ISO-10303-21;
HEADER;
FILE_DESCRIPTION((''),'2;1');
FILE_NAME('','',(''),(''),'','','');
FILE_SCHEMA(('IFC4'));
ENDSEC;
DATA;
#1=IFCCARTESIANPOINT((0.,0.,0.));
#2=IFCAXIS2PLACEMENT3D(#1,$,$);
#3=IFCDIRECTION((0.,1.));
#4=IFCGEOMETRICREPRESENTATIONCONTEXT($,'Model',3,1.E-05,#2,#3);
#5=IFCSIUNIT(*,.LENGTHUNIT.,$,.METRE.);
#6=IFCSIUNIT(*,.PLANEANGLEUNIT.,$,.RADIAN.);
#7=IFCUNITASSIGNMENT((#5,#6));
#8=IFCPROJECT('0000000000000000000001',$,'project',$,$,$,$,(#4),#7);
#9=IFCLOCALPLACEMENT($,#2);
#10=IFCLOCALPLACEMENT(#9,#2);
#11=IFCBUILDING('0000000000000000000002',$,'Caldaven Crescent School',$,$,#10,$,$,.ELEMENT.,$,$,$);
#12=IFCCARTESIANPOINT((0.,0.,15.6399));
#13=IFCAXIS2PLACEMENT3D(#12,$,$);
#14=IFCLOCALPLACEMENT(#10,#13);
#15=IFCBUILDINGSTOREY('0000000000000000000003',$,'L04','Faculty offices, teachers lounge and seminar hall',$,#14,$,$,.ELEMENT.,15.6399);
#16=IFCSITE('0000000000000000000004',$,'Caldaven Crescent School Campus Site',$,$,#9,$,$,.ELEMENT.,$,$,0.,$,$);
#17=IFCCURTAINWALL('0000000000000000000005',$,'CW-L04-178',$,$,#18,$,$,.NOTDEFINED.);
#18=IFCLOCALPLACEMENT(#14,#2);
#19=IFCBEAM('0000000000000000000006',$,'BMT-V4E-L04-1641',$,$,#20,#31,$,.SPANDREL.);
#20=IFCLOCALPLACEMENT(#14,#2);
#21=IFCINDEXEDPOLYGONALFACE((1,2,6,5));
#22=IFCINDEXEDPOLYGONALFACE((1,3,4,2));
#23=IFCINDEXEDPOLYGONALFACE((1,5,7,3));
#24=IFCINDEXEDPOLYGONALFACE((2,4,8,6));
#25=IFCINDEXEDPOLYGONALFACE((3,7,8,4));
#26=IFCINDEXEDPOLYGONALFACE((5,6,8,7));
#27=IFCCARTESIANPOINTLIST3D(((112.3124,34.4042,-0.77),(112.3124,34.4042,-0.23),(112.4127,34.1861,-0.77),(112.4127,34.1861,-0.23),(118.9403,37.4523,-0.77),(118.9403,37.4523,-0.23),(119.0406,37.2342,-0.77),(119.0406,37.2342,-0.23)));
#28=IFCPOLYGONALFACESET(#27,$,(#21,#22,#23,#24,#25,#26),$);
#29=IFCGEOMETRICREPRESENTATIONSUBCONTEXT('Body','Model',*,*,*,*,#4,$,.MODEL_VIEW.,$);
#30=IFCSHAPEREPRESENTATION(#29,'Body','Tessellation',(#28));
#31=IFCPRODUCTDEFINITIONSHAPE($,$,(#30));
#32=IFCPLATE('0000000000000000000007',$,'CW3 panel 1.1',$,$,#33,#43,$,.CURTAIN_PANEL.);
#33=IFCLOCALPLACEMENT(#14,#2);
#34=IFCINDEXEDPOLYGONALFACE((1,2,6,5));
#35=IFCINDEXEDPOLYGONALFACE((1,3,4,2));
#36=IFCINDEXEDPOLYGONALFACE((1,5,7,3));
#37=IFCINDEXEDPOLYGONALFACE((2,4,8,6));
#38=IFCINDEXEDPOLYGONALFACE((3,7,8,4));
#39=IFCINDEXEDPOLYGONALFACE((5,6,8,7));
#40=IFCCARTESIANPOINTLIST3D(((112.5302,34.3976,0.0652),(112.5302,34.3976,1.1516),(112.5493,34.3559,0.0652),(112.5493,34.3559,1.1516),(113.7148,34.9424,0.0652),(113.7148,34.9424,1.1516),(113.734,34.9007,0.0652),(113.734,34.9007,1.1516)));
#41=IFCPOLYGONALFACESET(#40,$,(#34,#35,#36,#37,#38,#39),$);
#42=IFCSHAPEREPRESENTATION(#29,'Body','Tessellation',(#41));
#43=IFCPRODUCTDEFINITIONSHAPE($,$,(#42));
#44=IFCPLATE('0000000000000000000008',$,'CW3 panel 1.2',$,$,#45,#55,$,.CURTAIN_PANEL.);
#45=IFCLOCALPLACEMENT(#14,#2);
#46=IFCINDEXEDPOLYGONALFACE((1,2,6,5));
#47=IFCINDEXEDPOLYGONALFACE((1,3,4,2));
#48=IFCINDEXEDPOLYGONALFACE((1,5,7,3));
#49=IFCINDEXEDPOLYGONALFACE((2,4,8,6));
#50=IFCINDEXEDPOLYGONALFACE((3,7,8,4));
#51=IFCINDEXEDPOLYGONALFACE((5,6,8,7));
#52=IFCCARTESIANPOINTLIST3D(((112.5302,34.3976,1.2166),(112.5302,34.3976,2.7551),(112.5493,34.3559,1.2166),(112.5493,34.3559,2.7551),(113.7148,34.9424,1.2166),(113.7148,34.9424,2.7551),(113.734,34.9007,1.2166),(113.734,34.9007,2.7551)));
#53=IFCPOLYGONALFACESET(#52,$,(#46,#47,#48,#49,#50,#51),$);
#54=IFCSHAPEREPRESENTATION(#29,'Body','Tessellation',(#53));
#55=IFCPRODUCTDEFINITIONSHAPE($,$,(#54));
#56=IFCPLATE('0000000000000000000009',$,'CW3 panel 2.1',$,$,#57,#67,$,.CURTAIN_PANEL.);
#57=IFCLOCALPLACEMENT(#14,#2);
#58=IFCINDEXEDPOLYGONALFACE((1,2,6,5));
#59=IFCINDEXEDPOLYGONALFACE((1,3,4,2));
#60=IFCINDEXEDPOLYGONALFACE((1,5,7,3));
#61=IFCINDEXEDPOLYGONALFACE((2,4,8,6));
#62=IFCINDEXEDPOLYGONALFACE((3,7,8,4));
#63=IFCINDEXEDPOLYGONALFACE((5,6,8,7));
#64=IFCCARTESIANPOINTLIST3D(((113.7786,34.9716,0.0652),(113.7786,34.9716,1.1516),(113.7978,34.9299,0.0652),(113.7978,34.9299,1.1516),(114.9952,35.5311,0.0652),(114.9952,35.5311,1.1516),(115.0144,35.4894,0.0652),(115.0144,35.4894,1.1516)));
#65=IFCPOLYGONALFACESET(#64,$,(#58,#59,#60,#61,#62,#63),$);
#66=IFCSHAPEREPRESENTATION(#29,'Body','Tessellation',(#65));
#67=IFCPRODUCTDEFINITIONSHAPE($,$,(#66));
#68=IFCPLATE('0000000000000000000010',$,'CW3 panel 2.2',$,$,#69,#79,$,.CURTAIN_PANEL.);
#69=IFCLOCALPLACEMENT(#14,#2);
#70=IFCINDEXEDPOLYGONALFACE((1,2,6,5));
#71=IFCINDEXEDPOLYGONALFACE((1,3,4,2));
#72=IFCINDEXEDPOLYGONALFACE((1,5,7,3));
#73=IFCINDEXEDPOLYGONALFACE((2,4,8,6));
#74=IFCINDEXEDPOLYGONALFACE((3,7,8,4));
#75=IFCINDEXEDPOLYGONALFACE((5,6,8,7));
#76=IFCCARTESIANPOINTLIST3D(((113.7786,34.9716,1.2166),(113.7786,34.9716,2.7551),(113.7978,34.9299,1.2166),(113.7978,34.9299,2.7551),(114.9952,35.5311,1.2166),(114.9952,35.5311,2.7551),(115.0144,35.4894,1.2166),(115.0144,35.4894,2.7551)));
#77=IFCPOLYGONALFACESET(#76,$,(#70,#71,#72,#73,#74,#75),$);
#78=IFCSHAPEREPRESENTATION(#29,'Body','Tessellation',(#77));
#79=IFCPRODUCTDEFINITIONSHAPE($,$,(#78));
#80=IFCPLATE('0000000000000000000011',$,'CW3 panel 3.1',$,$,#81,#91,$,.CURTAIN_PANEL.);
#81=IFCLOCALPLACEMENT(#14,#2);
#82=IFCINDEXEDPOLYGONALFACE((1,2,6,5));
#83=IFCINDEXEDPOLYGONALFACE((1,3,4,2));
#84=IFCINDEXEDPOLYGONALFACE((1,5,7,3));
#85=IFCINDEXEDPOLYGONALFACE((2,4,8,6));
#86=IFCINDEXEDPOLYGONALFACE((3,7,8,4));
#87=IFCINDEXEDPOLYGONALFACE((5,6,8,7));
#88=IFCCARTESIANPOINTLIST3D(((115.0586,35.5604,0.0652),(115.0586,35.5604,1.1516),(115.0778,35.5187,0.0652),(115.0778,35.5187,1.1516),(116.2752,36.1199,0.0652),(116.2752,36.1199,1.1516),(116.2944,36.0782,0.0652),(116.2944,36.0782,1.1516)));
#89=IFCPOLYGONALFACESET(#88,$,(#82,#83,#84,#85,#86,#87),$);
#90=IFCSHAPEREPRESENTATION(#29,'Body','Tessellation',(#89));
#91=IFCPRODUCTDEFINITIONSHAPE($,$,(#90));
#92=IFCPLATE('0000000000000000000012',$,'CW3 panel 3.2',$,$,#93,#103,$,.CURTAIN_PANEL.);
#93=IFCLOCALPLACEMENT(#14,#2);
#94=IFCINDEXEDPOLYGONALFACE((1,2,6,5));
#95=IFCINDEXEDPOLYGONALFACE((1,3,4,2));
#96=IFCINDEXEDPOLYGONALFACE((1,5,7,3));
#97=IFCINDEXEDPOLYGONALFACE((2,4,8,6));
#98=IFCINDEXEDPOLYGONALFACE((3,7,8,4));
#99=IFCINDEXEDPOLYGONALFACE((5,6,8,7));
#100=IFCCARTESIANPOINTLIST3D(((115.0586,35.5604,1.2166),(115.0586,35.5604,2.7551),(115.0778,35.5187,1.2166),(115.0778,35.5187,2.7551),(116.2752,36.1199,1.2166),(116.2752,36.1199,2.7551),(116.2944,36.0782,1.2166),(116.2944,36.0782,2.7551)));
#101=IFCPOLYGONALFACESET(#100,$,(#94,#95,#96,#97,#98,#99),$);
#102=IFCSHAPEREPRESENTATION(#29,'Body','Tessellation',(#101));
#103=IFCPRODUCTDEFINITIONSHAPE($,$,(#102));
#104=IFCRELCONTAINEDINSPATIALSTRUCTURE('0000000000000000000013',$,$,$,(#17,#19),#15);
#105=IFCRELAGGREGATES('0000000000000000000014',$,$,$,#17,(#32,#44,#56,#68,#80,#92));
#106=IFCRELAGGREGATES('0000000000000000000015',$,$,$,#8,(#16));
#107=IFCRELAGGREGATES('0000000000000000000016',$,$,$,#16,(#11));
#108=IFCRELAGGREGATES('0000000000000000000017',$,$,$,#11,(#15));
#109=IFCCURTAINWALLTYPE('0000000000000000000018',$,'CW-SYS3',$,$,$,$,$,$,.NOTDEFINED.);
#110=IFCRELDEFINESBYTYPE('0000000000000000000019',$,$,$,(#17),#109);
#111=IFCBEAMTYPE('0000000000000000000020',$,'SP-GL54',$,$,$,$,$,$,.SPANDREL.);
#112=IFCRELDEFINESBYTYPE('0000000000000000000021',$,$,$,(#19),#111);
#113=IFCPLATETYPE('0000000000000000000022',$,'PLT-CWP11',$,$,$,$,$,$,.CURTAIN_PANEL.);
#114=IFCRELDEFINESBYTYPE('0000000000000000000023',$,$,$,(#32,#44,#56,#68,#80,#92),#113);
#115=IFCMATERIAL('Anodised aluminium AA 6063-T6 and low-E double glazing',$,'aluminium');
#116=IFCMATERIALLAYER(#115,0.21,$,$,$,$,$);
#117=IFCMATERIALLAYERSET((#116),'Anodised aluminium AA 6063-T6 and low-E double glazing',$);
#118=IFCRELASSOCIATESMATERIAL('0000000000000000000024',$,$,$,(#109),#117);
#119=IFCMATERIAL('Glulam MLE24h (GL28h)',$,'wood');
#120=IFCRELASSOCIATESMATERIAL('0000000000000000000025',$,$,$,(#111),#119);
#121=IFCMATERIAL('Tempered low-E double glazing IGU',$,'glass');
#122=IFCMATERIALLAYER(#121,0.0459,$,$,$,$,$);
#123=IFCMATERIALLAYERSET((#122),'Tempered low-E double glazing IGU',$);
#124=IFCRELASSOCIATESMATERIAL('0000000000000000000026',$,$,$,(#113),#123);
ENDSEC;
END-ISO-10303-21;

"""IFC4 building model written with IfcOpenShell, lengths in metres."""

from ifc_helpers import new_model, si_unit, direction, frame, origin, origin_2d, place, context, subcontext, project, spatial, rectangle, extrude, material, layer, layer_set, material_profile, profile_set, type_object, element, aggregate, save


model = new_model("IFC4")

# Units and contexts
model_context = context("Model", 3, precision=1e-05, world=origin(), true_north=direction((0.0, 1.0)))
body_context = subcontext(model_context, "Body", "Model", "MODEL_VIEW")
ifc_project = project(units=[si_unit("LENGTHUNIT", "METRE"), si_unit("PLANEANGLEUNIT", "RADIAN")], contexts=[model_context])

# Site, building, storey
site_placement = place(None, origin())
site = spatial("IfcSite", under=ifc_project, at=site_placement, Name="Caldaven Crescent School Campus Site", CompositionType="ELEMENT", RefElevation=0.0)
building_placement = place(site_placement, origin())
building = spatial("IfcBuilding", under=site, at=building_placement, Name="Caldaven Crescent School", CompositionType="ELEMENT")
storey_placement = place(building_placement, frame((0.0, 0.0, 15.6399)))
storey = spatial("IfcBuildingStorey", under=building, at=storey_placement, Name="L04", Description="Faculty offices, teachers lounge and seminar hall", CompositionType="ELEMENT", Elevation=15.6399)

# Curtain wall
ifc_material_1 = material(Name="Anodised aluminium AA 6063-T6 and low-E double glazing", Category="aluminium")
ifc_layer_1 = layer(ifc_material_1, 0.21)
ifc_layer_set_1 = layer_set([ifc_layer_1], Name="Anodised aluminium AA 6063-T6 and low-E double glazing")
curtain_wall_type = type_object("IfcCurtainWallType", Name="CW-SYS3", PredefinedType="NOTDEFINED", material=ifc_layer_set_1)
curtain_wall_placement = place(storey_placement, origin())
curtain_wall = element("IfcCurtainWall", 1, at=curtain_wall_placement, inside=storey, type_object=curtain_wall_type, Name="CW-L04-178", PredefinedType="NOTDEFINED")

# Beam
ifc_material_2 = material(Name="Glulam MLE24h (GL28h)", Category="wood")
ifc_material_profile_1 = material_profile(ifc_material_2, rectangle(XDim=0.24, YDim=0.54, at=origin_2d()), Name="MLE 240x540")
ifc_profile_set_1 = profile_set([ifc_material_profile_1], Name="Glulam MLE24h (GL28h)")
beam_type = type_object("IfcBeamType", Name="SP-GL54", PredefinedType="SPANDREL", material=ifc_profile_set_1)
beam_placement = place(storey_placement, frame((112.3625, 34.2952, -0.5), z_axis=(0.90853, 0.417821, 0.0), x_axis=(-0.417821, 0.90853, 0.0)))
element("IfcBeam", 2, at=beam_placement, inside=storey, type_object=beam_type, Name="BMT-V4E-L04-1641", PredefinedType="SPANDREL", context=body_context, shape_type="SweptSolid", body=[
    extrude(rectangle(XDim=0.24, YDim=0.54, at=origin_2d()), origin(), (0.0, 0.0, 1.0), 7.2952),
])

# Plates
ifc_material_3 = material(Name="Tempered low-E double glazing IGU", Category="glass")
ifc_layer_2 = layer(ifc_material_3, 0.0459)
ifc_layer_set_2 = layer_set([ifc_layer_2], Name="Tempered low-E double glazing IGU")
plate_type = type_object("IfcPlateType", Name="PLT-CWP11", PredefinedType="CURTAIN_PANEL", material=ifc_layer_set_2)
plate_1_placement = place(storey_placement, frame((113.1321, 34.6492, 0.0652), z_axis=(0.0, 0.0, 1.0), x_axis=(0.908528, 0.417823, 0.0)))
plate_1 = element("IfcPlate", 3, at=plate_1_placement, type_object=plate_type, Name="CW3 panel 1.1", PredefinedType="CURTAIN_PANEL", context=body_context, shape_type="SweptSolid", body=[
    extrude(rectangle(XDim=1.304, YDim=0.0459, at=origin_2d()), origin(), (0.0, 0.0, 1.0), 1.0864),
])
plate_2_placement = place(storey_placement, frame((113.1321, 34.6492, 1.2166), z_axis=(0.0, 0.0, 1.0), x_axis=(0.908528, 0.417823, 0.0)))
plate_2 = element("IfcPlate", 4, at=plate_2_placement, type_object=plate_type, Name="CW3 panel 1.2", PredefinedType="CURTAIN_PANEL", context=body_context, shape_type="SweptSolid", body=[
    extrude(rectangle(XDim=1.304, YDim=0.0459, at=origin_2d()), origin(), (0.0, 0.0, 1.0), 1.5386),
])
plate_3_placement = place(storey_placement, frame((114.3965, 35.2305, 0.0652), z_axis=(0.0, 0.0, 1.0), x_axis=(0.908528, 0.417823, 0.0)))
plate_3 = element("IfcPlate", 5, at=plate_3_placement, type_object=plate_type, Name="CW3 panel 2.1", PredefinedType="CURTAIN_PANEL", context=body_context, shape_type="SweptSolid", body=[
    extrude(rectangle(XDim=1.3391, YDim=0.0459, at=origin_2d()), origin(), (0.0, 0.0, 1.0), 1.0864),
])
plate_4_placement = place(storey_placement, frame((114.3965, 35.2305, 1.2166), z_axis=(0.0, 0.0, 1.0), x_axis=(0.908528, 0.417823, 0.0)))
plate_4 = element("IfcPlate", 6, at=plate_4_placement, type_object=plate_type, Name="CW3 panel 2.2", PredefinedType="CURTAIN_PANEL", context=body_context, shape_type="SweptSolid", body=[
    extrude(rectangle(XDim=1.3391, YDim=0.0459, at=origin_2d()), origin(), (0.0, 0.0, 1.0), 1.5386),
])
plate_5_placement = place(storey_placement, frame((115.6765, 35.8193, 0.0652), z_axis=(0.0, 0.0, 1.0), x_axis=(0.908528, 0.417823, 0.0)))
plate_5 = element("IfcPlate", 7, at=plate_5_placement, type_object=plate_type, Name="CW3 panel 3.1", PredefinedType="CURTAIN_PANEL", context=body_context, shape_type="SweptSolid", body=[
    extrude(rectangle(XDim=1.3391, YDim=0.0459, at=origin_2d()), origin(), (0.0, 0.0, 1.0), 1.0864),
])
plate_6_placement = place(storey_placement, frame((115.6765, 35.8193, 1.2166), z_axis=(0.0, 0.0, 1.0), x_axis=(0.908528, 0.417823, 0.0)))
plate_6 = element("IfcPlate", 8, at=plate_6_placement, type_object=plate_type, Name="CW3 panel 3.2", PredefinedType="CURTAIN_PANEL", context=body_context, shape_type="SweptSolid", body=[
    extrude(rectangle(XDim=1.3391, YDim=0.0459, at=origin_2d()), origin(), (0.0, 0.0, 1.0), 1.5386),
])
aggregate(curtain_wall, [plate_1, plate_2, plate_3, plate_4, plate_5, plate_6])

save(model, "model.ifc")
